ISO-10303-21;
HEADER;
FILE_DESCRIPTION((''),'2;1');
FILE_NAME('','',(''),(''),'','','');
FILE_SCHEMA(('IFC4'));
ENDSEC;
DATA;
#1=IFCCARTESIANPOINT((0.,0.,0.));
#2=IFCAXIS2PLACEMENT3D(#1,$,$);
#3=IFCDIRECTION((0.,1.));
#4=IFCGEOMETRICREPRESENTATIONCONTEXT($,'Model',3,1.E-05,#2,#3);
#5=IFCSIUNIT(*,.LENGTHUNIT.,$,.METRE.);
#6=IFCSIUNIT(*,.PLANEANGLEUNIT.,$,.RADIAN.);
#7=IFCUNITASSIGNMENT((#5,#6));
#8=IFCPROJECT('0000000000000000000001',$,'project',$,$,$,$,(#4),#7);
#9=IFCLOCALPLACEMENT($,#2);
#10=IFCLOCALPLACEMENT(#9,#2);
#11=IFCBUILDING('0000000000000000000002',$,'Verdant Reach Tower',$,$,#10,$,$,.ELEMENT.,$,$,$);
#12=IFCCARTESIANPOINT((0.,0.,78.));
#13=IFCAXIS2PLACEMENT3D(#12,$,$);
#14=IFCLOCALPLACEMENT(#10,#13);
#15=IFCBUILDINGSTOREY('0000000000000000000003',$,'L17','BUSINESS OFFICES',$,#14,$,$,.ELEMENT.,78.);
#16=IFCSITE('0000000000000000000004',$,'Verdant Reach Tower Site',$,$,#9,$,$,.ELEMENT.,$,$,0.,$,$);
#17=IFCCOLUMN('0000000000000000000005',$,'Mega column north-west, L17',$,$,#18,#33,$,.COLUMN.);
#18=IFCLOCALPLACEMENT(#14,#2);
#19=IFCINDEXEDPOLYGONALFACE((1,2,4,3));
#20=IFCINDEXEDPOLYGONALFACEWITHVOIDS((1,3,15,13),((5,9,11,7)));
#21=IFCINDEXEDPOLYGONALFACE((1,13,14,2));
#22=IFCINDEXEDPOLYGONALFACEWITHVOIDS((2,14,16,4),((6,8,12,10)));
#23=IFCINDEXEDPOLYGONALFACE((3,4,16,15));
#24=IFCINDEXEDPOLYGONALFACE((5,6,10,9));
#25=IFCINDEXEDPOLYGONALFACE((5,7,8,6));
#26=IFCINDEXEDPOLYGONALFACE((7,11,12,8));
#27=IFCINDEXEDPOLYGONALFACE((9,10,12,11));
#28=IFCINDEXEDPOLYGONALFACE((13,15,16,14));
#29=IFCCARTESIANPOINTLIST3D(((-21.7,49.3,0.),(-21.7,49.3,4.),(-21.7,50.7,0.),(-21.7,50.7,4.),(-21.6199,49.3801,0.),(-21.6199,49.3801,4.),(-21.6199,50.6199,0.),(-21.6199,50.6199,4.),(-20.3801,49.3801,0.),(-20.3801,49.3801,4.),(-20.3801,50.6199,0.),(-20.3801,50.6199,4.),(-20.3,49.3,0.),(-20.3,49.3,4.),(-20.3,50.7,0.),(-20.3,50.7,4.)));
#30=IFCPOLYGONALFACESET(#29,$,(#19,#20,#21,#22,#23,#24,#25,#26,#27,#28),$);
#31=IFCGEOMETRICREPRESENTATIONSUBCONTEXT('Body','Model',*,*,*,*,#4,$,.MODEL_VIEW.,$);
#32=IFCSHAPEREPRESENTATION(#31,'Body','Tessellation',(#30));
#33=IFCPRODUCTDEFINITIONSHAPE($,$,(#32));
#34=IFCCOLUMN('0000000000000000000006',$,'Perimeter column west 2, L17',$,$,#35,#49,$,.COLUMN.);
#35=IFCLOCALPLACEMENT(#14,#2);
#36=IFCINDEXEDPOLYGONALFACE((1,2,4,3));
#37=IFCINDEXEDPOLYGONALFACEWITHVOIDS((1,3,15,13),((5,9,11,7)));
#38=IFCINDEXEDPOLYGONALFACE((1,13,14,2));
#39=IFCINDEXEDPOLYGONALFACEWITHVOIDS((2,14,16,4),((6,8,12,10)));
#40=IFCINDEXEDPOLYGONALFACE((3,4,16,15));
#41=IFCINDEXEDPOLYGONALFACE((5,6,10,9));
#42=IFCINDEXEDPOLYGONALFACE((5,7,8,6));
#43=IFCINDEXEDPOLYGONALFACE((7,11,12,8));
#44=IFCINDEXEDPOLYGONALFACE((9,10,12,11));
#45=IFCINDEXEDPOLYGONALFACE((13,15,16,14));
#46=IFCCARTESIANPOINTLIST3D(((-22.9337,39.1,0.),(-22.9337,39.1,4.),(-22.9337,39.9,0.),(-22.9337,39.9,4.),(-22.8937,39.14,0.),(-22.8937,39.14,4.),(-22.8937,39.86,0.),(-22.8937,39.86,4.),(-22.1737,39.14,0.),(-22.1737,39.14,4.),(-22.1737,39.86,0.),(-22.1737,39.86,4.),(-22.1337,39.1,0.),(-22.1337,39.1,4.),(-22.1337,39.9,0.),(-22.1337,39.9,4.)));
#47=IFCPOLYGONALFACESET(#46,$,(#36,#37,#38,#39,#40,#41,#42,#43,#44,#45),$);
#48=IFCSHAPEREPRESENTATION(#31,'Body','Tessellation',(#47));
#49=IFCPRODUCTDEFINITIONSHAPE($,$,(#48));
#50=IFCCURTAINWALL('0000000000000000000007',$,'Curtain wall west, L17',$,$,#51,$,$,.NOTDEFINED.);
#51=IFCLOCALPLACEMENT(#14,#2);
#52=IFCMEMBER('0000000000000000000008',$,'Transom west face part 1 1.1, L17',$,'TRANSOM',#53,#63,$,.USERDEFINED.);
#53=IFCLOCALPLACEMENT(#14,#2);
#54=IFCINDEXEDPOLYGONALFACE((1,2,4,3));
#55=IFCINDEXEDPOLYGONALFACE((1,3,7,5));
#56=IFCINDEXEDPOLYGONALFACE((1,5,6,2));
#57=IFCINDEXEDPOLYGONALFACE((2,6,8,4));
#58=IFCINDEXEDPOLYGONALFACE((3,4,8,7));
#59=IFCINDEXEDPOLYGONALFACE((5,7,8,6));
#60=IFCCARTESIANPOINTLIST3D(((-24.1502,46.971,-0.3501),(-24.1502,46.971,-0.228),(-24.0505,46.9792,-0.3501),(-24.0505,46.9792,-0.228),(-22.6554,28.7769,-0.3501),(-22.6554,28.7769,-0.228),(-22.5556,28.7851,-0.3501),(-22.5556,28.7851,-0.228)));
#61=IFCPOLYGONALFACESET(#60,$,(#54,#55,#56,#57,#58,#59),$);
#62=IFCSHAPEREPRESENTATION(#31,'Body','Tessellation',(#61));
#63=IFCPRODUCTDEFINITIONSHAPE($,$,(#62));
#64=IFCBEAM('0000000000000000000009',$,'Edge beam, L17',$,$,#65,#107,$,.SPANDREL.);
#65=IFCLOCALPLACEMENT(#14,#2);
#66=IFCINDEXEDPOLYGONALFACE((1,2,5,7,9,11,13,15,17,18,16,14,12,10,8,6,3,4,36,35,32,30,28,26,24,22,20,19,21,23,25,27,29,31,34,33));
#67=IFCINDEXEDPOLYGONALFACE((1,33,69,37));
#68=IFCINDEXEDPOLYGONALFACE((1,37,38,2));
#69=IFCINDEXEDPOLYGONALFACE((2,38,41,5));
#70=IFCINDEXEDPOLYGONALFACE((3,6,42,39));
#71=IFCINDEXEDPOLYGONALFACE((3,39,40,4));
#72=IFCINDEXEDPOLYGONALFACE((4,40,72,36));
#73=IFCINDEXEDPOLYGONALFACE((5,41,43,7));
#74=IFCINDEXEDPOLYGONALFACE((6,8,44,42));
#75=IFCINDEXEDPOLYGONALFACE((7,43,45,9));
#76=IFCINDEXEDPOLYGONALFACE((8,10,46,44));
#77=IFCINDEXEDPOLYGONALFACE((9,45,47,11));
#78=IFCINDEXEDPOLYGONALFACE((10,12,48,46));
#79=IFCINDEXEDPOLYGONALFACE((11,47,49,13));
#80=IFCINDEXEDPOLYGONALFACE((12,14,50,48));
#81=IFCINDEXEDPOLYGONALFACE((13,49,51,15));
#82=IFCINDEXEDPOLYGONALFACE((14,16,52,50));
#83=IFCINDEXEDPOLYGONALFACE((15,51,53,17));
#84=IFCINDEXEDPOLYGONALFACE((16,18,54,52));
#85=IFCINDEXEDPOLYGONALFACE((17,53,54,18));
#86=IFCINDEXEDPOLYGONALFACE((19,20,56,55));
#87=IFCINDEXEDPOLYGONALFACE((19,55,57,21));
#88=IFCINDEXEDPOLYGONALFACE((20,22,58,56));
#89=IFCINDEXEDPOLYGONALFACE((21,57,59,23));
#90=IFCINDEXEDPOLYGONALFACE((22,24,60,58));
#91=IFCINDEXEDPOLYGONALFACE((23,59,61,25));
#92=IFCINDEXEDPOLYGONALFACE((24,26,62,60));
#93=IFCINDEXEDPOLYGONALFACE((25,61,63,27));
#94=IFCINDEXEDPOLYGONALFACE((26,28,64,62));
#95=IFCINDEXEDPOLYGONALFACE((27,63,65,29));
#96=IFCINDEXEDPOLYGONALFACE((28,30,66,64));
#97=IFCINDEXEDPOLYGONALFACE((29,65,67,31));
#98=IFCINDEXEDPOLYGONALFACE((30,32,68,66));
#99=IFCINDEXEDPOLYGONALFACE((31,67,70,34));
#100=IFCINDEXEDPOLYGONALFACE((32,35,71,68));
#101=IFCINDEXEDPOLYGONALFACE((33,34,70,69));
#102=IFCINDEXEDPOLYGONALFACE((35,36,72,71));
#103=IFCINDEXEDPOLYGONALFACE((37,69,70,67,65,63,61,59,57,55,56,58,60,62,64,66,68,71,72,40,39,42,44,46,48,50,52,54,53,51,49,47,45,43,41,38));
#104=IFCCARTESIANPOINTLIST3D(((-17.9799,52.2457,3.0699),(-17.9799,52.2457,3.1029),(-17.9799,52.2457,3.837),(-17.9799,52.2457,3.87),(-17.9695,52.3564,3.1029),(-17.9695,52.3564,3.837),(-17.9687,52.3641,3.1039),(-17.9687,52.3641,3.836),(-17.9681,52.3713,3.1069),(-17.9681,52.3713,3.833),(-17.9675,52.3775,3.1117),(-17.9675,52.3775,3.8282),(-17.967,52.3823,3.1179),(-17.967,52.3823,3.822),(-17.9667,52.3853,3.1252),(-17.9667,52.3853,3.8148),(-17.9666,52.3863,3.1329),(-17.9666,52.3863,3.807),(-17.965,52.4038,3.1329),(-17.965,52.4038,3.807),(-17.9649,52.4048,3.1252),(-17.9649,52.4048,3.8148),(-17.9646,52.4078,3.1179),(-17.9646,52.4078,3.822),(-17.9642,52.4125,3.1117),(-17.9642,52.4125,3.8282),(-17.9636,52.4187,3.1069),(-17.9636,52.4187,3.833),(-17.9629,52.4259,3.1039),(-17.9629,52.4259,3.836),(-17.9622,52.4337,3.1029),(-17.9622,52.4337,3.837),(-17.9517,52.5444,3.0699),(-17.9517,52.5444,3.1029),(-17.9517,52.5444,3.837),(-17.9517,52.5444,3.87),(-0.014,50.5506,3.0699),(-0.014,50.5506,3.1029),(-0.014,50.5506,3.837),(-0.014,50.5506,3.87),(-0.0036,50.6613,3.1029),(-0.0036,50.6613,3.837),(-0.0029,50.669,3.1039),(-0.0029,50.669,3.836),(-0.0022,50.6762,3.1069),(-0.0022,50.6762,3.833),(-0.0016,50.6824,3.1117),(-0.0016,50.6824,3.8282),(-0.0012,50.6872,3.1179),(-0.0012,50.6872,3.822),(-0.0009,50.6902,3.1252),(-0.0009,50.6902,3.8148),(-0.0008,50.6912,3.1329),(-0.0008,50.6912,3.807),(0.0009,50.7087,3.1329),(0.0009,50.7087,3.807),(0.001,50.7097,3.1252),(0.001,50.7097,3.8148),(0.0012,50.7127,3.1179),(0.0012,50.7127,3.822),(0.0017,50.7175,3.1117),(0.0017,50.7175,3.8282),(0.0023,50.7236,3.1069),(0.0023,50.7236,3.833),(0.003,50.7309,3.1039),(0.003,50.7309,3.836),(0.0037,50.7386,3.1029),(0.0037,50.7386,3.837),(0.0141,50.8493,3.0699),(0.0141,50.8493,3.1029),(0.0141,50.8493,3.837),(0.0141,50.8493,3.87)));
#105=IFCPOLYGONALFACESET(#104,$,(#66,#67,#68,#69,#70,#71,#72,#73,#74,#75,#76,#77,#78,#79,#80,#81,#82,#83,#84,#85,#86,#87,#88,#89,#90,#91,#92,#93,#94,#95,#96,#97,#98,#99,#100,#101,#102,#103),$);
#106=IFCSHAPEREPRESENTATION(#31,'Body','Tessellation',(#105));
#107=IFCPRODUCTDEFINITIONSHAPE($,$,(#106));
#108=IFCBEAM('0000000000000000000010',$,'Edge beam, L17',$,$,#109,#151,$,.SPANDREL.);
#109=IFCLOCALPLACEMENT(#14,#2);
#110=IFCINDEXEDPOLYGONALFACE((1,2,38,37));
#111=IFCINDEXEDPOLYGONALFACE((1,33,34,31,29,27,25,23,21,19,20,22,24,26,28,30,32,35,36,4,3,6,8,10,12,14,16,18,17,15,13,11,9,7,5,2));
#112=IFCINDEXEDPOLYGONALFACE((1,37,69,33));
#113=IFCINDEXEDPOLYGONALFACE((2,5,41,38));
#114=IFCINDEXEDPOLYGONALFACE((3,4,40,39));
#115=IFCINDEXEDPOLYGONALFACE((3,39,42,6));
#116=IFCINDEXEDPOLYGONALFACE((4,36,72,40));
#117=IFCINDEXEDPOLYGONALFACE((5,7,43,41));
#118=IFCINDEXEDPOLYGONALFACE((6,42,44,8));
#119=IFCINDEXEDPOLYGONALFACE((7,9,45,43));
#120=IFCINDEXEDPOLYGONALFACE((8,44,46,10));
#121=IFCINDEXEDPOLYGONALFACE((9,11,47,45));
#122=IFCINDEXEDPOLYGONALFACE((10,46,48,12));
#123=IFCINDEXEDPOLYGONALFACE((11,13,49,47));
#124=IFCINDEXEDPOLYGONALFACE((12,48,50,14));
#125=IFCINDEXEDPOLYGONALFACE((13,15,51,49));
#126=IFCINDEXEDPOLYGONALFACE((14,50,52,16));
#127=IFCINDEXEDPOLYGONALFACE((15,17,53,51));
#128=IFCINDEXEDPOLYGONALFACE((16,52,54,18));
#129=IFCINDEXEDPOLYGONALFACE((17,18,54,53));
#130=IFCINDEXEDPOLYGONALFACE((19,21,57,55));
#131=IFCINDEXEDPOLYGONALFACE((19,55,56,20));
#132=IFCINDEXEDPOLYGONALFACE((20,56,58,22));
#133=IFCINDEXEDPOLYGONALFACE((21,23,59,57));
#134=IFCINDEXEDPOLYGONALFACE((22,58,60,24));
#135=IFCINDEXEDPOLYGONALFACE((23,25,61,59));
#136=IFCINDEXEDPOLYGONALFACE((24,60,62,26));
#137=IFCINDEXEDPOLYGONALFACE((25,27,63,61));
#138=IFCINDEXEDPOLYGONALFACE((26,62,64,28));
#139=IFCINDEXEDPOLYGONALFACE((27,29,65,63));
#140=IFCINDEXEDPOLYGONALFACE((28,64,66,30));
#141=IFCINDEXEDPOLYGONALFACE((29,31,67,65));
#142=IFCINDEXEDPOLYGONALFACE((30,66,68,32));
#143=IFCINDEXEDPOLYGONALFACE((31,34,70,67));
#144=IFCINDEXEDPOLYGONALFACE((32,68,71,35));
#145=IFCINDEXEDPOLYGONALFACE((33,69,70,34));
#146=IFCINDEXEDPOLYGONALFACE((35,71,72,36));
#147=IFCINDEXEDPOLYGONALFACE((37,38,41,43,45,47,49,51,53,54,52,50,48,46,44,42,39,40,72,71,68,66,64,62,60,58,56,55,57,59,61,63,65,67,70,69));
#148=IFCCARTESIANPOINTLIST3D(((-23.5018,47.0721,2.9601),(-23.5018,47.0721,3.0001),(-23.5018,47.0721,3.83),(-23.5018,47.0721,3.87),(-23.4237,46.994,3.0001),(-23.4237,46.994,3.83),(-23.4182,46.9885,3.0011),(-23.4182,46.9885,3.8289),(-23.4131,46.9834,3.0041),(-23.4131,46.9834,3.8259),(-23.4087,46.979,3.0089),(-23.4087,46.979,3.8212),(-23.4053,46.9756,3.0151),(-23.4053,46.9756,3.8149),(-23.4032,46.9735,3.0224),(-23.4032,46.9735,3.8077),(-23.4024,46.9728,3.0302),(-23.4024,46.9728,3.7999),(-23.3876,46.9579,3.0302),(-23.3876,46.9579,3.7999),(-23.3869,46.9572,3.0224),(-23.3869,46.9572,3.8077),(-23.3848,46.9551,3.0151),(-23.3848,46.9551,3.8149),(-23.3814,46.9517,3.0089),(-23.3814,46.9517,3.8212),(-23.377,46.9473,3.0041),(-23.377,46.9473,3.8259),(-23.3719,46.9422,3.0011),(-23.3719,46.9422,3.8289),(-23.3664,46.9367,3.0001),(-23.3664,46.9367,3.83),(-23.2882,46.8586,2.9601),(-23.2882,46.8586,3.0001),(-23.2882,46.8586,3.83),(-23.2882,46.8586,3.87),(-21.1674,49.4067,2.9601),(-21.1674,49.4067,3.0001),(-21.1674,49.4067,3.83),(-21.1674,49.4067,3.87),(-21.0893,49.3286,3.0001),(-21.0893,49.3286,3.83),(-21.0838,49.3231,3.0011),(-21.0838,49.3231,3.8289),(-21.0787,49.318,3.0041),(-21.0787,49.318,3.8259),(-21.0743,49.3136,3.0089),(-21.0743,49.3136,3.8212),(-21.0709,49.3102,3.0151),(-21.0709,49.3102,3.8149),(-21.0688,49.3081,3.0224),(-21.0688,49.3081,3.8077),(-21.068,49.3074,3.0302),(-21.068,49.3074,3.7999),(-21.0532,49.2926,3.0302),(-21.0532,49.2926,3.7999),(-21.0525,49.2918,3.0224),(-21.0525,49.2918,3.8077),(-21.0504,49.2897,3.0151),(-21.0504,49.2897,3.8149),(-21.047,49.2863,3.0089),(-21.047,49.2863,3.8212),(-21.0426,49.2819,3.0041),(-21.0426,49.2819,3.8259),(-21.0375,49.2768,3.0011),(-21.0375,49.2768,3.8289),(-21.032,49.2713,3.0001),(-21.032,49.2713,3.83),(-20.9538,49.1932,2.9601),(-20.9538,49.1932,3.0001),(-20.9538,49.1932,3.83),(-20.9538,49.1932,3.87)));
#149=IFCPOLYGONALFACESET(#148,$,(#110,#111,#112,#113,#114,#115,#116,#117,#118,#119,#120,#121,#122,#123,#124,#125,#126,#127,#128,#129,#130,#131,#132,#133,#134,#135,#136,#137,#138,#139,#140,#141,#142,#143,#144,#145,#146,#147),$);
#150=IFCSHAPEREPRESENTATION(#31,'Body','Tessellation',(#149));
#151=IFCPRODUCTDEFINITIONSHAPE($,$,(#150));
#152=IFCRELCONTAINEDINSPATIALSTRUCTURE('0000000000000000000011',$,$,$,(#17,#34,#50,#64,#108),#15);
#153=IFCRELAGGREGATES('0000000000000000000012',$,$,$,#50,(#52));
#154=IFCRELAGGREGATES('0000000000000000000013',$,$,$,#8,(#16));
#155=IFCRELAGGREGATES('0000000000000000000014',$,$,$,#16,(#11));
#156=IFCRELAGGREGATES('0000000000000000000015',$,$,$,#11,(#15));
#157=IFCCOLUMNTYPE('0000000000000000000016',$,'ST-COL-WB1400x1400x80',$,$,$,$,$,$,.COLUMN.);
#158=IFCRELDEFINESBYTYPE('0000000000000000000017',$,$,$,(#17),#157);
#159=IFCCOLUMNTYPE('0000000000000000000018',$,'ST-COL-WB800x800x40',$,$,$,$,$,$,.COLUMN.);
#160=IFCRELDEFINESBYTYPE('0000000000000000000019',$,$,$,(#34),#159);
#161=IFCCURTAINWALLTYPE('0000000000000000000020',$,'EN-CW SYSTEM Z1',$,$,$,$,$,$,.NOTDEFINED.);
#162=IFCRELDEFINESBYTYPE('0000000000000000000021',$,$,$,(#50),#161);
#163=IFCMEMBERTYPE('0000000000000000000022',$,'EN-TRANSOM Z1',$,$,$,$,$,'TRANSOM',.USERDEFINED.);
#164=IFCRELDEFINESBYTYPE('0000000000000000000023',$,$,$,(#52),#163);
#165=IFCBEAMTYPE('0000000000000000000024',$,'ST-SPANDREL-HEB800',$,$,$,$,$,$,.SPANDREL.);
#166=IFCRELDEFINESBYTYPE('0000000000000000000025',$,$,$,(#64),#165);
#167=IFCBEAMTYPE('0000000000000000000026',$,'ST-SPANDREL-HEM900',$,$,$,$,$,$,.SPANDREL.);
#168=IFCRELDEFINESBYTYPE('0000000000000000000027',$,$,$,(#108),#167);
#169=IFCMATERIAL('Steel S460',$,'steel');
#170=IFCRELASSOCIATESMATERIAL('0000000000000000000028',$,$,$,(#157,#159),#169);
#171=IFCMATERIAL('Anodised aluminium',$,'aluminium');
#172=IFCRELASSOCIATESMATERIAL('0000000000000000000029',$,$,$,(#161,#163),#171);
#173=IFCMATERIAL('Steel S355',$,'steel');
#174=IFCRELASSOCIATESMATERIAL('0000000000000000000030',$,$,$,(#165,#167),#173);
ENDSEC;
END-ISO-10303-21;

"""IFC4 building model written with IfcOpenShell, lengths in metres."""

from ifc_helpers import new_model, si_unit, direction, frame, origin, origin_2d, place, context, subcontext, project, spatial, rectangle, hollow_rectangle, i_section, extrude, material, material_profile, profile_set, type_object, element, aggregate, save


model = new_model("IFC4")

# Units and contexts
model_context = context("Model", 3, precision=1e-05, world=origin(), true_north=direction((0.0, 1.0)))
body_context = subcontext(model_context, "Body", "Model", "MODEL_VIEW")
ifc_project = project(units=[si_unit("LENGTHUNIT", "METRE"), si_unit("PLANEANGLEUNIT", "RADIAN")], contexts=[model_context])

# Site, building, storey
site_placement = place(None, origin())
site = spatial("IfcSite", under=ifc_project, at=site_placement, Name="Verdant Reach Tower Site", CompositionType="ELEMENT", RefElevation=0.0)
building_placement = place(site_placement, origin())
building = spatial("IfcBuilding", under=site, at=building_placement, Name="Verdant Reach Tower", CompositionType="ELEMENT")
storey_placement = place(building_placement, frame((0.0, 0.0, 78.0)))
storey = spatial("IfcBuildingStorey", under=building, at=storey_placement, Name="L17", Description="BUSINESS OFFICES", CompositionType="ELEMENT", Elevation=78.0)

# Columns
ifc_material_1 = material(Name="Steel S460", Category="steel")
ifc_material_profile_1 = material_profile(ifc_material_1, hollow_rectangle(XDim=1.3999, YDim=1.3999, WallThickness=0.0801, at=origin_2d()), Name="WB 1400x1400x80")
ifc_profile_set_1 = profile_set([ifc_material_profile_1], Name="Steel S460")
column_type_1 = type_object("IfcColumnType", Name="ST-COL-WB1400x1400x80", PredefinedType="COLUMN", material=ifc_profile_set_1)
column_1_placement = place(storey_placement, frame((-21.0, 50.0, 0.0), z_axis=(0.0, 0.0, 1.0), x_axis=(1.0, 0.0, 0.0)))
element("IfcColumn", 1, at=column_1_placement, inside=storey, type_object=column_type_1, Name="Mega column north-west, L17", PredefinedType="COLUMN", context=body_context, shape_type="SweptSolid", body=[
    extrude(hollow_rectangle(XDim=1.3999, YDim=1.3999, WallThickness=0.0801, at=origin_2d()), origin(), (0.0, 0.0, 1.0), 4.0),
])
ifc_material_profile_2 = material_profile(ifc_material_1, hollow_rectangle(XDim=0.8, YDim=0.8, WallThickness=0.04, at=origin_2d()), Name="WB 800x800x40")
ifc_profile_set_2 = profile_set([ifc_material_profile_2], Name="Steel S460")
column_type_2 = type_object("IfcColumnType", Name="ST-COL-WB800x800x40", PredefinedType="COLUMN", material=ifc_profile_set_2)
column_2_placement = place(storey_placement, frame((-22.5337, 39.5, 0.0), z_axis=(0.0, 0.0, 1.0), x_axis=(1.0, 0.0, 0.0)))
element("IfcColumn", 2, at=column_2_placement, inside=storey, type_object=column_type_2, Name="Perimeter column west 2, L17", PredefinedType="COLUMN", context=body_context, shape_type="SweptSolid", body=[
    extrude(hollow_rectangle(XDim=0.8, YDim=0.8, WallThickness=0.04, at=origin_2d()), origin(), (0.0, 0.0, 1.0), 4.0),
])

# Curtain wall, member
ifc_material_2 = material(Name="Anodised aluminium", Category="aluminium")
curtain_wall_type = type_object("IfcCurtainWallType", Name="EN-CW SYSTEM Z1", PredefinedType="NOTDEFINED", material=ifc_material_2)
curtain_wall_1_placement = place(storey_placement, origin())
curtain_wall_1 = element("IfcCurtainWall", 3, at=curtain_wall_1_placement, inside=storey, type_object=curtain_wall_type, Name="Curtain wall west, L17", PredefinedType="NOTDEFINED")
ifc_material_profile_3 = material_profile(ifc_material_2, rectangle(XDim=0.1001, YDim=0.1221, at=origin_2d()), Name="Transom 122x100")
ifc_profile_set_3 = profile_set([ifc_material_profile_3], Name="Anodised aluminium")
member_type = type_object("IfcMemberType", Name="EN-TRANSOM Z1", ElementType="TRANSOM", PredefinedType="USERDEFINED", material=ifc_profile_set_3)
member_placement = place(storey_placement, frame((-24.1003, 46.9751, -0.2891), z_axis=(0.081887, -0.996642, 0.0), x_axis=(0.996642, 0.081887, 0.0)))
member = element("IfcMember", 4, at=member_placement, type_object=member_type, Name="Transom west face part 1 1.1, L17", ObjectType="TRANSOM", PredefinedType="USERDEFINED", context=body_context, shape_type="SweptSolid", body=[
    extrude(rectangle(XDim=0.1001, YDim=0.1221, at=origin_2d()), origin(), (0.0, 0.0, 1.0), 18.2554),
])

# Beams
ifc_material_3 = material(Name="Steel S355", Category="steel")
ifc_material_profile_4 = material_profile(ifc_material_3, i_section(OverallWidth=0.3, OverallDepth=0.8, WebThickness=0.0176, FlangeThickness=0.033, FilletRadius=0.03, at=origin_2d()), Name="HEB 800")
ifc_profile_set_4 = profile_set([ifc_material_profile_4], Name="Steel S355")
beam_type_1 = type_object("IfcBeamType", Name="ST-SPANDREL-HEB800", PredefinedType="SPANDREL", material=ifc_profile_set_4)
beam_1_placement = place(storey_placement, frame((-17.9658, 52.395, 3.47), z_axis=(0.995579, -0.093932, 0.0), x_axis=(0.093932, 0.995579, 0.0)))
element("IfcBeam", 5, at=beam_1_placement, inside=storey, type_object=beam_type_1, Name="Edge beam, L17", PredefinedType="SPANDREL", context=body_context, shape_type="SweptSolid", body=[
    extrude(i_section(OverallWidth=0.3, OverallDepth=0.8, WebThickness=0.0176, FlangeThickness=0.033, FilletRadius=0.03, at=origin_2d()), origin(), (0.0, 0.0, 1.0), 18.0457),
])
ifc_material_profile_5 = material_profile(ifc_material_3, i_section(OverallWidth=0.302, OverallDepth=0.9099, WebThickness=0.021, FlangeThickness=0.04, FilletRadius=0.03, at=origin_2d()), Name="HEM 900")
ifc_profile_set_5 = profile_set([ifc_material_profile_5], Name="Steel S355")
beam_type_2 = type_object("IfcBeamType", Name="ST-SPANDREL-HEM900", PredefinedType="SPANDREL", material=ifc_profile_set_5)
beam_2_placement = place(storey_placement, frame((-23.395, 46.9653, 3.415), z_axis=(0.70707, 0.707144, 0.0), x_axis=(-0.707144, 0.70707, 0.0)))
element("IfcBeam", 6, at=beam_2_placement, inside=storey, type_object=beam_type_2, Name="Edge beam, L17", PredefinedType="SPANDREL", context=body_context, shape_type="SweptSolid", body=[
    extrude(i_section(OverallWidth=0.302, OverallDepth=0.9099, WebThickness=0.021, FlangeThickness=0.04, FilletRadius=0.03, at=origin_2d()), origin(), (0.0, 0.0, 1.0), 3.3015),
])

aggregate(curtain_wall_1, [member])

save(model, "model.ifc")
